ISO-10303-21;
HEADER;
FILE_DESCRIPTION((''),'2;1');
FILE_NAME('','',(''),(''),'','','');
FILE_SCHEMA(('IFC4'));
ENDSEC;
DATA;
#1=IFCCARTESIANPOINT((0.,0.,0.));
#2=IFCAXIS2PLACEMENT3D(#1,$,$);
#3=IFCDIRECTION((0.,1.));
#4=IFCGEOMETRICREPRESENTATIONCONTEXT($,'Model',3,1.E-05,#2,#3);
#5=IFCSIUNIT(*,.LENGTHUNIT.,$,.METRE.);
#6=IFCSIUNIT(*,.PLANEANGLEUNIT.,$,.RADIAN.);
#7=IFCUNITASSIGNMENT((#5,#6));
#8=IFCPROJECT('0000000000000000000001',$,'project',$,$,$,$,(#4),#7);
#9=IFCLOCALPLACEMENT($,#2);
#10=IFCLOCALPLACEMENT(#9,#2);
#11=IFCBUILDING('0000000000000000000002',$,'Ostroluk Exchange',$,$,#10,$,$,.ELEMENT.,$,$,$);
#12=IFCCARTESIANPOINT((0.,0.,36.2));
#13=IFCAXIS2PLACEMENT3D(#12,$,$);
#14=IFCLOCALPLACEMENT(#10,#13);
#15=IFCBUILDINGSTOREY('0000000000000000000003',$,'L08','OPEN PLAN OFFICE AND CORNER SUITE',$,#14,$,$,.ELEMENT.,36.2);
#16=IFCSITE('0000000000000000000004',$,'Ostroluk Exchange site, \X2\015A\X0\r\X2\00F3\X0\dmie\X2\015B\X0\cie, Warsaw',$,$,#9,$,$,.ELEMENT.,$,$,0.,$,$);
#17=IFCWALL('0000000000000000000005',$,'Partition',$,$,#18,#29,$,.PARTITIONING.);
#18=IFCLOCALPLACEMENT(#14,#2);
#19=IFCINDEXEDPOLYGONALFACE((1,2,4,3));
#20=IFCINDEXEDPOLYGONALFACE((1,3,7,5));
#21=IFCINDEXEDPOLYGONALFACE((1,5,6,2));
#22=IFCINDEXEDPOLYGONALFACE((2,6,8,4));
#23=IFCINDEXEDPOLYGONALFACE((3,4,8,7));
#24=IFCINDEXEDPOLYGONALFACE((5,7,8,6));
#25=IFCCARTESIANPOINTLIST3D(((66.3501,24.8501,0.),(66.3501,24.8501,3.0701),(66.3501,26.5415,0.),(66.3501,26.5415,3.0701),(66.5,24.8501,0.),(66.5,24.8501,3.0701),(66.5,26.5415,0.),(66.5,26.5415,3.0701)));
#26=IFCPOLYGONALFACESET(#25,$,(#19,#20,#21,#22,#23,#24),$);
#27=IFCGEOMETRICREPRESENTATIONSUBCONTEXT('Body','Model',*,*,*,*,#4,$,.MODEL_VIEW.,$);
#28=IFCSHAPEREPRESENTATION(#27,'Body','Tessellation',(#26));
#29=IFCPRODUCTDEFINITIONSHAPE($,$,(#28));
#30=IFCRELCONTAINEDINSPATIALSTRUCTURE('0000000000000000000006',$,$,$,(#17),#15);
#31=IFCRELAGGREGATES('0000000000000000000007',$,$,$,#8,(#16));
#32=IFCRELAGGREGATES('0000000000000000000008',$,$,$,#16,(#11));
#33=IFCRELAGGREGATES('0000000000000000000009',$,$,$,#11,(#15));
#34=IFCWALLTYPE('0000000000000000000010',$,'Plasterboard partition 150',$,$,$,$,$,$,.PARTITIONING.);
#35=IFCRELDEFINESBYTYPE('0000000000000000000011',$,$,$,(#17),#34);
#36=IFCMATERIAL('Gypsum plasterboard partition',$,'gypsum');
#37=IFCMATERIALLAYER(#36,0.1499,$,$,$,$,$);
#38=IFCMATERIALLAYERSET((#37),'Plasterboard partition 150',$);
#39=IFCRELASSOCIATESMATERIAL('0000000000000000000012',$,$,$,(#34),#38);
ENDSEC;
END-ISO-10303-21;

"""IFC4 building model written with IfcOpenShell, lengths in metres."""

from ifc_helpers import new_model, si_unit, direction, frame, frame_2d, origin, place, context, subcontext, project, spatial, rectangle, extrude, material, layer, layer_set, type_object, element, save


model = new_model("IFC4")

# Units and contexts
model_context = context("Model", 3, precision=1e-05, world=origin(), true_north=direction((0.0, 1.0)))
body_context = subcontext(model_context, "Body", "Model", "MODEL_VIEW")
ifc_project = project(units=[si_unit("LENGTHUNIT", "METRE"), si_unit("PLANEANGLEUNIT", "RADIAN")], contexts=[model_context])

# Site, building, storey
site_placement = place(None, origin())
site = spatial("IfcSite", under=ifc_project, at=site_placement, Name="Ostroluk Exchange site, Śródmieście, Warsaw", CompositionType="ELEMENT", RefElevation=0.0)
building_placement = place(site_placement, origin())
building = spatial("IfcBuilding", under=site, at=building_placement, Name="Ostroluk Exchange", CompositionType="ELEMENT")
storey_placement = place(building_placement, frame((0.0, 0.0, 36.2)))
storey = spatial("IfcBuildingStorey", under=building, at=storey_placement, Name="L08", Description="OPEN PLAN OFFICE AND CORNER SUITE", CompositionType="ELEMENT", Elevation=36.2)

# Shared definitions
ifc_material_1 = material(Name="Gypsum plasterboard partition", Category="gypsum")
ifc_layer_1 = layer(ifc_material_1, 0.1499)
ifc_layer_set_1 = layer_set([ifc_layer_1], Name="Plasterboard partition 150")
wall_type_1 = type_object("IfcWallType", Name="Plasterboard partition 150", PredefinedType="PARTITIONING", material=ifc_layer_set_1)

# Wall
wall_1_placement = place(storey_placement, frame((66.425, 26.5415, 0.0), z_axis=(0.0, 0.0, 1.0), x_axis=(0.0, -1.0, 0.0)))
element("IfcWall", 1, at=wall_1_placement, inside=storey, type_object=wall_type_1, Name="Partition", PredefinedType="PARTITIONING", context=body_context, shape_type="SweptSolid", body=[
    extrude(rectangle(XDim=1.6914, YDim=0.1499, at=frame_2d((0.8457, 0.0))), origin(), (0.0, 0.0, 1.0), 3.0701),
])

save(model, "model.ifc")
